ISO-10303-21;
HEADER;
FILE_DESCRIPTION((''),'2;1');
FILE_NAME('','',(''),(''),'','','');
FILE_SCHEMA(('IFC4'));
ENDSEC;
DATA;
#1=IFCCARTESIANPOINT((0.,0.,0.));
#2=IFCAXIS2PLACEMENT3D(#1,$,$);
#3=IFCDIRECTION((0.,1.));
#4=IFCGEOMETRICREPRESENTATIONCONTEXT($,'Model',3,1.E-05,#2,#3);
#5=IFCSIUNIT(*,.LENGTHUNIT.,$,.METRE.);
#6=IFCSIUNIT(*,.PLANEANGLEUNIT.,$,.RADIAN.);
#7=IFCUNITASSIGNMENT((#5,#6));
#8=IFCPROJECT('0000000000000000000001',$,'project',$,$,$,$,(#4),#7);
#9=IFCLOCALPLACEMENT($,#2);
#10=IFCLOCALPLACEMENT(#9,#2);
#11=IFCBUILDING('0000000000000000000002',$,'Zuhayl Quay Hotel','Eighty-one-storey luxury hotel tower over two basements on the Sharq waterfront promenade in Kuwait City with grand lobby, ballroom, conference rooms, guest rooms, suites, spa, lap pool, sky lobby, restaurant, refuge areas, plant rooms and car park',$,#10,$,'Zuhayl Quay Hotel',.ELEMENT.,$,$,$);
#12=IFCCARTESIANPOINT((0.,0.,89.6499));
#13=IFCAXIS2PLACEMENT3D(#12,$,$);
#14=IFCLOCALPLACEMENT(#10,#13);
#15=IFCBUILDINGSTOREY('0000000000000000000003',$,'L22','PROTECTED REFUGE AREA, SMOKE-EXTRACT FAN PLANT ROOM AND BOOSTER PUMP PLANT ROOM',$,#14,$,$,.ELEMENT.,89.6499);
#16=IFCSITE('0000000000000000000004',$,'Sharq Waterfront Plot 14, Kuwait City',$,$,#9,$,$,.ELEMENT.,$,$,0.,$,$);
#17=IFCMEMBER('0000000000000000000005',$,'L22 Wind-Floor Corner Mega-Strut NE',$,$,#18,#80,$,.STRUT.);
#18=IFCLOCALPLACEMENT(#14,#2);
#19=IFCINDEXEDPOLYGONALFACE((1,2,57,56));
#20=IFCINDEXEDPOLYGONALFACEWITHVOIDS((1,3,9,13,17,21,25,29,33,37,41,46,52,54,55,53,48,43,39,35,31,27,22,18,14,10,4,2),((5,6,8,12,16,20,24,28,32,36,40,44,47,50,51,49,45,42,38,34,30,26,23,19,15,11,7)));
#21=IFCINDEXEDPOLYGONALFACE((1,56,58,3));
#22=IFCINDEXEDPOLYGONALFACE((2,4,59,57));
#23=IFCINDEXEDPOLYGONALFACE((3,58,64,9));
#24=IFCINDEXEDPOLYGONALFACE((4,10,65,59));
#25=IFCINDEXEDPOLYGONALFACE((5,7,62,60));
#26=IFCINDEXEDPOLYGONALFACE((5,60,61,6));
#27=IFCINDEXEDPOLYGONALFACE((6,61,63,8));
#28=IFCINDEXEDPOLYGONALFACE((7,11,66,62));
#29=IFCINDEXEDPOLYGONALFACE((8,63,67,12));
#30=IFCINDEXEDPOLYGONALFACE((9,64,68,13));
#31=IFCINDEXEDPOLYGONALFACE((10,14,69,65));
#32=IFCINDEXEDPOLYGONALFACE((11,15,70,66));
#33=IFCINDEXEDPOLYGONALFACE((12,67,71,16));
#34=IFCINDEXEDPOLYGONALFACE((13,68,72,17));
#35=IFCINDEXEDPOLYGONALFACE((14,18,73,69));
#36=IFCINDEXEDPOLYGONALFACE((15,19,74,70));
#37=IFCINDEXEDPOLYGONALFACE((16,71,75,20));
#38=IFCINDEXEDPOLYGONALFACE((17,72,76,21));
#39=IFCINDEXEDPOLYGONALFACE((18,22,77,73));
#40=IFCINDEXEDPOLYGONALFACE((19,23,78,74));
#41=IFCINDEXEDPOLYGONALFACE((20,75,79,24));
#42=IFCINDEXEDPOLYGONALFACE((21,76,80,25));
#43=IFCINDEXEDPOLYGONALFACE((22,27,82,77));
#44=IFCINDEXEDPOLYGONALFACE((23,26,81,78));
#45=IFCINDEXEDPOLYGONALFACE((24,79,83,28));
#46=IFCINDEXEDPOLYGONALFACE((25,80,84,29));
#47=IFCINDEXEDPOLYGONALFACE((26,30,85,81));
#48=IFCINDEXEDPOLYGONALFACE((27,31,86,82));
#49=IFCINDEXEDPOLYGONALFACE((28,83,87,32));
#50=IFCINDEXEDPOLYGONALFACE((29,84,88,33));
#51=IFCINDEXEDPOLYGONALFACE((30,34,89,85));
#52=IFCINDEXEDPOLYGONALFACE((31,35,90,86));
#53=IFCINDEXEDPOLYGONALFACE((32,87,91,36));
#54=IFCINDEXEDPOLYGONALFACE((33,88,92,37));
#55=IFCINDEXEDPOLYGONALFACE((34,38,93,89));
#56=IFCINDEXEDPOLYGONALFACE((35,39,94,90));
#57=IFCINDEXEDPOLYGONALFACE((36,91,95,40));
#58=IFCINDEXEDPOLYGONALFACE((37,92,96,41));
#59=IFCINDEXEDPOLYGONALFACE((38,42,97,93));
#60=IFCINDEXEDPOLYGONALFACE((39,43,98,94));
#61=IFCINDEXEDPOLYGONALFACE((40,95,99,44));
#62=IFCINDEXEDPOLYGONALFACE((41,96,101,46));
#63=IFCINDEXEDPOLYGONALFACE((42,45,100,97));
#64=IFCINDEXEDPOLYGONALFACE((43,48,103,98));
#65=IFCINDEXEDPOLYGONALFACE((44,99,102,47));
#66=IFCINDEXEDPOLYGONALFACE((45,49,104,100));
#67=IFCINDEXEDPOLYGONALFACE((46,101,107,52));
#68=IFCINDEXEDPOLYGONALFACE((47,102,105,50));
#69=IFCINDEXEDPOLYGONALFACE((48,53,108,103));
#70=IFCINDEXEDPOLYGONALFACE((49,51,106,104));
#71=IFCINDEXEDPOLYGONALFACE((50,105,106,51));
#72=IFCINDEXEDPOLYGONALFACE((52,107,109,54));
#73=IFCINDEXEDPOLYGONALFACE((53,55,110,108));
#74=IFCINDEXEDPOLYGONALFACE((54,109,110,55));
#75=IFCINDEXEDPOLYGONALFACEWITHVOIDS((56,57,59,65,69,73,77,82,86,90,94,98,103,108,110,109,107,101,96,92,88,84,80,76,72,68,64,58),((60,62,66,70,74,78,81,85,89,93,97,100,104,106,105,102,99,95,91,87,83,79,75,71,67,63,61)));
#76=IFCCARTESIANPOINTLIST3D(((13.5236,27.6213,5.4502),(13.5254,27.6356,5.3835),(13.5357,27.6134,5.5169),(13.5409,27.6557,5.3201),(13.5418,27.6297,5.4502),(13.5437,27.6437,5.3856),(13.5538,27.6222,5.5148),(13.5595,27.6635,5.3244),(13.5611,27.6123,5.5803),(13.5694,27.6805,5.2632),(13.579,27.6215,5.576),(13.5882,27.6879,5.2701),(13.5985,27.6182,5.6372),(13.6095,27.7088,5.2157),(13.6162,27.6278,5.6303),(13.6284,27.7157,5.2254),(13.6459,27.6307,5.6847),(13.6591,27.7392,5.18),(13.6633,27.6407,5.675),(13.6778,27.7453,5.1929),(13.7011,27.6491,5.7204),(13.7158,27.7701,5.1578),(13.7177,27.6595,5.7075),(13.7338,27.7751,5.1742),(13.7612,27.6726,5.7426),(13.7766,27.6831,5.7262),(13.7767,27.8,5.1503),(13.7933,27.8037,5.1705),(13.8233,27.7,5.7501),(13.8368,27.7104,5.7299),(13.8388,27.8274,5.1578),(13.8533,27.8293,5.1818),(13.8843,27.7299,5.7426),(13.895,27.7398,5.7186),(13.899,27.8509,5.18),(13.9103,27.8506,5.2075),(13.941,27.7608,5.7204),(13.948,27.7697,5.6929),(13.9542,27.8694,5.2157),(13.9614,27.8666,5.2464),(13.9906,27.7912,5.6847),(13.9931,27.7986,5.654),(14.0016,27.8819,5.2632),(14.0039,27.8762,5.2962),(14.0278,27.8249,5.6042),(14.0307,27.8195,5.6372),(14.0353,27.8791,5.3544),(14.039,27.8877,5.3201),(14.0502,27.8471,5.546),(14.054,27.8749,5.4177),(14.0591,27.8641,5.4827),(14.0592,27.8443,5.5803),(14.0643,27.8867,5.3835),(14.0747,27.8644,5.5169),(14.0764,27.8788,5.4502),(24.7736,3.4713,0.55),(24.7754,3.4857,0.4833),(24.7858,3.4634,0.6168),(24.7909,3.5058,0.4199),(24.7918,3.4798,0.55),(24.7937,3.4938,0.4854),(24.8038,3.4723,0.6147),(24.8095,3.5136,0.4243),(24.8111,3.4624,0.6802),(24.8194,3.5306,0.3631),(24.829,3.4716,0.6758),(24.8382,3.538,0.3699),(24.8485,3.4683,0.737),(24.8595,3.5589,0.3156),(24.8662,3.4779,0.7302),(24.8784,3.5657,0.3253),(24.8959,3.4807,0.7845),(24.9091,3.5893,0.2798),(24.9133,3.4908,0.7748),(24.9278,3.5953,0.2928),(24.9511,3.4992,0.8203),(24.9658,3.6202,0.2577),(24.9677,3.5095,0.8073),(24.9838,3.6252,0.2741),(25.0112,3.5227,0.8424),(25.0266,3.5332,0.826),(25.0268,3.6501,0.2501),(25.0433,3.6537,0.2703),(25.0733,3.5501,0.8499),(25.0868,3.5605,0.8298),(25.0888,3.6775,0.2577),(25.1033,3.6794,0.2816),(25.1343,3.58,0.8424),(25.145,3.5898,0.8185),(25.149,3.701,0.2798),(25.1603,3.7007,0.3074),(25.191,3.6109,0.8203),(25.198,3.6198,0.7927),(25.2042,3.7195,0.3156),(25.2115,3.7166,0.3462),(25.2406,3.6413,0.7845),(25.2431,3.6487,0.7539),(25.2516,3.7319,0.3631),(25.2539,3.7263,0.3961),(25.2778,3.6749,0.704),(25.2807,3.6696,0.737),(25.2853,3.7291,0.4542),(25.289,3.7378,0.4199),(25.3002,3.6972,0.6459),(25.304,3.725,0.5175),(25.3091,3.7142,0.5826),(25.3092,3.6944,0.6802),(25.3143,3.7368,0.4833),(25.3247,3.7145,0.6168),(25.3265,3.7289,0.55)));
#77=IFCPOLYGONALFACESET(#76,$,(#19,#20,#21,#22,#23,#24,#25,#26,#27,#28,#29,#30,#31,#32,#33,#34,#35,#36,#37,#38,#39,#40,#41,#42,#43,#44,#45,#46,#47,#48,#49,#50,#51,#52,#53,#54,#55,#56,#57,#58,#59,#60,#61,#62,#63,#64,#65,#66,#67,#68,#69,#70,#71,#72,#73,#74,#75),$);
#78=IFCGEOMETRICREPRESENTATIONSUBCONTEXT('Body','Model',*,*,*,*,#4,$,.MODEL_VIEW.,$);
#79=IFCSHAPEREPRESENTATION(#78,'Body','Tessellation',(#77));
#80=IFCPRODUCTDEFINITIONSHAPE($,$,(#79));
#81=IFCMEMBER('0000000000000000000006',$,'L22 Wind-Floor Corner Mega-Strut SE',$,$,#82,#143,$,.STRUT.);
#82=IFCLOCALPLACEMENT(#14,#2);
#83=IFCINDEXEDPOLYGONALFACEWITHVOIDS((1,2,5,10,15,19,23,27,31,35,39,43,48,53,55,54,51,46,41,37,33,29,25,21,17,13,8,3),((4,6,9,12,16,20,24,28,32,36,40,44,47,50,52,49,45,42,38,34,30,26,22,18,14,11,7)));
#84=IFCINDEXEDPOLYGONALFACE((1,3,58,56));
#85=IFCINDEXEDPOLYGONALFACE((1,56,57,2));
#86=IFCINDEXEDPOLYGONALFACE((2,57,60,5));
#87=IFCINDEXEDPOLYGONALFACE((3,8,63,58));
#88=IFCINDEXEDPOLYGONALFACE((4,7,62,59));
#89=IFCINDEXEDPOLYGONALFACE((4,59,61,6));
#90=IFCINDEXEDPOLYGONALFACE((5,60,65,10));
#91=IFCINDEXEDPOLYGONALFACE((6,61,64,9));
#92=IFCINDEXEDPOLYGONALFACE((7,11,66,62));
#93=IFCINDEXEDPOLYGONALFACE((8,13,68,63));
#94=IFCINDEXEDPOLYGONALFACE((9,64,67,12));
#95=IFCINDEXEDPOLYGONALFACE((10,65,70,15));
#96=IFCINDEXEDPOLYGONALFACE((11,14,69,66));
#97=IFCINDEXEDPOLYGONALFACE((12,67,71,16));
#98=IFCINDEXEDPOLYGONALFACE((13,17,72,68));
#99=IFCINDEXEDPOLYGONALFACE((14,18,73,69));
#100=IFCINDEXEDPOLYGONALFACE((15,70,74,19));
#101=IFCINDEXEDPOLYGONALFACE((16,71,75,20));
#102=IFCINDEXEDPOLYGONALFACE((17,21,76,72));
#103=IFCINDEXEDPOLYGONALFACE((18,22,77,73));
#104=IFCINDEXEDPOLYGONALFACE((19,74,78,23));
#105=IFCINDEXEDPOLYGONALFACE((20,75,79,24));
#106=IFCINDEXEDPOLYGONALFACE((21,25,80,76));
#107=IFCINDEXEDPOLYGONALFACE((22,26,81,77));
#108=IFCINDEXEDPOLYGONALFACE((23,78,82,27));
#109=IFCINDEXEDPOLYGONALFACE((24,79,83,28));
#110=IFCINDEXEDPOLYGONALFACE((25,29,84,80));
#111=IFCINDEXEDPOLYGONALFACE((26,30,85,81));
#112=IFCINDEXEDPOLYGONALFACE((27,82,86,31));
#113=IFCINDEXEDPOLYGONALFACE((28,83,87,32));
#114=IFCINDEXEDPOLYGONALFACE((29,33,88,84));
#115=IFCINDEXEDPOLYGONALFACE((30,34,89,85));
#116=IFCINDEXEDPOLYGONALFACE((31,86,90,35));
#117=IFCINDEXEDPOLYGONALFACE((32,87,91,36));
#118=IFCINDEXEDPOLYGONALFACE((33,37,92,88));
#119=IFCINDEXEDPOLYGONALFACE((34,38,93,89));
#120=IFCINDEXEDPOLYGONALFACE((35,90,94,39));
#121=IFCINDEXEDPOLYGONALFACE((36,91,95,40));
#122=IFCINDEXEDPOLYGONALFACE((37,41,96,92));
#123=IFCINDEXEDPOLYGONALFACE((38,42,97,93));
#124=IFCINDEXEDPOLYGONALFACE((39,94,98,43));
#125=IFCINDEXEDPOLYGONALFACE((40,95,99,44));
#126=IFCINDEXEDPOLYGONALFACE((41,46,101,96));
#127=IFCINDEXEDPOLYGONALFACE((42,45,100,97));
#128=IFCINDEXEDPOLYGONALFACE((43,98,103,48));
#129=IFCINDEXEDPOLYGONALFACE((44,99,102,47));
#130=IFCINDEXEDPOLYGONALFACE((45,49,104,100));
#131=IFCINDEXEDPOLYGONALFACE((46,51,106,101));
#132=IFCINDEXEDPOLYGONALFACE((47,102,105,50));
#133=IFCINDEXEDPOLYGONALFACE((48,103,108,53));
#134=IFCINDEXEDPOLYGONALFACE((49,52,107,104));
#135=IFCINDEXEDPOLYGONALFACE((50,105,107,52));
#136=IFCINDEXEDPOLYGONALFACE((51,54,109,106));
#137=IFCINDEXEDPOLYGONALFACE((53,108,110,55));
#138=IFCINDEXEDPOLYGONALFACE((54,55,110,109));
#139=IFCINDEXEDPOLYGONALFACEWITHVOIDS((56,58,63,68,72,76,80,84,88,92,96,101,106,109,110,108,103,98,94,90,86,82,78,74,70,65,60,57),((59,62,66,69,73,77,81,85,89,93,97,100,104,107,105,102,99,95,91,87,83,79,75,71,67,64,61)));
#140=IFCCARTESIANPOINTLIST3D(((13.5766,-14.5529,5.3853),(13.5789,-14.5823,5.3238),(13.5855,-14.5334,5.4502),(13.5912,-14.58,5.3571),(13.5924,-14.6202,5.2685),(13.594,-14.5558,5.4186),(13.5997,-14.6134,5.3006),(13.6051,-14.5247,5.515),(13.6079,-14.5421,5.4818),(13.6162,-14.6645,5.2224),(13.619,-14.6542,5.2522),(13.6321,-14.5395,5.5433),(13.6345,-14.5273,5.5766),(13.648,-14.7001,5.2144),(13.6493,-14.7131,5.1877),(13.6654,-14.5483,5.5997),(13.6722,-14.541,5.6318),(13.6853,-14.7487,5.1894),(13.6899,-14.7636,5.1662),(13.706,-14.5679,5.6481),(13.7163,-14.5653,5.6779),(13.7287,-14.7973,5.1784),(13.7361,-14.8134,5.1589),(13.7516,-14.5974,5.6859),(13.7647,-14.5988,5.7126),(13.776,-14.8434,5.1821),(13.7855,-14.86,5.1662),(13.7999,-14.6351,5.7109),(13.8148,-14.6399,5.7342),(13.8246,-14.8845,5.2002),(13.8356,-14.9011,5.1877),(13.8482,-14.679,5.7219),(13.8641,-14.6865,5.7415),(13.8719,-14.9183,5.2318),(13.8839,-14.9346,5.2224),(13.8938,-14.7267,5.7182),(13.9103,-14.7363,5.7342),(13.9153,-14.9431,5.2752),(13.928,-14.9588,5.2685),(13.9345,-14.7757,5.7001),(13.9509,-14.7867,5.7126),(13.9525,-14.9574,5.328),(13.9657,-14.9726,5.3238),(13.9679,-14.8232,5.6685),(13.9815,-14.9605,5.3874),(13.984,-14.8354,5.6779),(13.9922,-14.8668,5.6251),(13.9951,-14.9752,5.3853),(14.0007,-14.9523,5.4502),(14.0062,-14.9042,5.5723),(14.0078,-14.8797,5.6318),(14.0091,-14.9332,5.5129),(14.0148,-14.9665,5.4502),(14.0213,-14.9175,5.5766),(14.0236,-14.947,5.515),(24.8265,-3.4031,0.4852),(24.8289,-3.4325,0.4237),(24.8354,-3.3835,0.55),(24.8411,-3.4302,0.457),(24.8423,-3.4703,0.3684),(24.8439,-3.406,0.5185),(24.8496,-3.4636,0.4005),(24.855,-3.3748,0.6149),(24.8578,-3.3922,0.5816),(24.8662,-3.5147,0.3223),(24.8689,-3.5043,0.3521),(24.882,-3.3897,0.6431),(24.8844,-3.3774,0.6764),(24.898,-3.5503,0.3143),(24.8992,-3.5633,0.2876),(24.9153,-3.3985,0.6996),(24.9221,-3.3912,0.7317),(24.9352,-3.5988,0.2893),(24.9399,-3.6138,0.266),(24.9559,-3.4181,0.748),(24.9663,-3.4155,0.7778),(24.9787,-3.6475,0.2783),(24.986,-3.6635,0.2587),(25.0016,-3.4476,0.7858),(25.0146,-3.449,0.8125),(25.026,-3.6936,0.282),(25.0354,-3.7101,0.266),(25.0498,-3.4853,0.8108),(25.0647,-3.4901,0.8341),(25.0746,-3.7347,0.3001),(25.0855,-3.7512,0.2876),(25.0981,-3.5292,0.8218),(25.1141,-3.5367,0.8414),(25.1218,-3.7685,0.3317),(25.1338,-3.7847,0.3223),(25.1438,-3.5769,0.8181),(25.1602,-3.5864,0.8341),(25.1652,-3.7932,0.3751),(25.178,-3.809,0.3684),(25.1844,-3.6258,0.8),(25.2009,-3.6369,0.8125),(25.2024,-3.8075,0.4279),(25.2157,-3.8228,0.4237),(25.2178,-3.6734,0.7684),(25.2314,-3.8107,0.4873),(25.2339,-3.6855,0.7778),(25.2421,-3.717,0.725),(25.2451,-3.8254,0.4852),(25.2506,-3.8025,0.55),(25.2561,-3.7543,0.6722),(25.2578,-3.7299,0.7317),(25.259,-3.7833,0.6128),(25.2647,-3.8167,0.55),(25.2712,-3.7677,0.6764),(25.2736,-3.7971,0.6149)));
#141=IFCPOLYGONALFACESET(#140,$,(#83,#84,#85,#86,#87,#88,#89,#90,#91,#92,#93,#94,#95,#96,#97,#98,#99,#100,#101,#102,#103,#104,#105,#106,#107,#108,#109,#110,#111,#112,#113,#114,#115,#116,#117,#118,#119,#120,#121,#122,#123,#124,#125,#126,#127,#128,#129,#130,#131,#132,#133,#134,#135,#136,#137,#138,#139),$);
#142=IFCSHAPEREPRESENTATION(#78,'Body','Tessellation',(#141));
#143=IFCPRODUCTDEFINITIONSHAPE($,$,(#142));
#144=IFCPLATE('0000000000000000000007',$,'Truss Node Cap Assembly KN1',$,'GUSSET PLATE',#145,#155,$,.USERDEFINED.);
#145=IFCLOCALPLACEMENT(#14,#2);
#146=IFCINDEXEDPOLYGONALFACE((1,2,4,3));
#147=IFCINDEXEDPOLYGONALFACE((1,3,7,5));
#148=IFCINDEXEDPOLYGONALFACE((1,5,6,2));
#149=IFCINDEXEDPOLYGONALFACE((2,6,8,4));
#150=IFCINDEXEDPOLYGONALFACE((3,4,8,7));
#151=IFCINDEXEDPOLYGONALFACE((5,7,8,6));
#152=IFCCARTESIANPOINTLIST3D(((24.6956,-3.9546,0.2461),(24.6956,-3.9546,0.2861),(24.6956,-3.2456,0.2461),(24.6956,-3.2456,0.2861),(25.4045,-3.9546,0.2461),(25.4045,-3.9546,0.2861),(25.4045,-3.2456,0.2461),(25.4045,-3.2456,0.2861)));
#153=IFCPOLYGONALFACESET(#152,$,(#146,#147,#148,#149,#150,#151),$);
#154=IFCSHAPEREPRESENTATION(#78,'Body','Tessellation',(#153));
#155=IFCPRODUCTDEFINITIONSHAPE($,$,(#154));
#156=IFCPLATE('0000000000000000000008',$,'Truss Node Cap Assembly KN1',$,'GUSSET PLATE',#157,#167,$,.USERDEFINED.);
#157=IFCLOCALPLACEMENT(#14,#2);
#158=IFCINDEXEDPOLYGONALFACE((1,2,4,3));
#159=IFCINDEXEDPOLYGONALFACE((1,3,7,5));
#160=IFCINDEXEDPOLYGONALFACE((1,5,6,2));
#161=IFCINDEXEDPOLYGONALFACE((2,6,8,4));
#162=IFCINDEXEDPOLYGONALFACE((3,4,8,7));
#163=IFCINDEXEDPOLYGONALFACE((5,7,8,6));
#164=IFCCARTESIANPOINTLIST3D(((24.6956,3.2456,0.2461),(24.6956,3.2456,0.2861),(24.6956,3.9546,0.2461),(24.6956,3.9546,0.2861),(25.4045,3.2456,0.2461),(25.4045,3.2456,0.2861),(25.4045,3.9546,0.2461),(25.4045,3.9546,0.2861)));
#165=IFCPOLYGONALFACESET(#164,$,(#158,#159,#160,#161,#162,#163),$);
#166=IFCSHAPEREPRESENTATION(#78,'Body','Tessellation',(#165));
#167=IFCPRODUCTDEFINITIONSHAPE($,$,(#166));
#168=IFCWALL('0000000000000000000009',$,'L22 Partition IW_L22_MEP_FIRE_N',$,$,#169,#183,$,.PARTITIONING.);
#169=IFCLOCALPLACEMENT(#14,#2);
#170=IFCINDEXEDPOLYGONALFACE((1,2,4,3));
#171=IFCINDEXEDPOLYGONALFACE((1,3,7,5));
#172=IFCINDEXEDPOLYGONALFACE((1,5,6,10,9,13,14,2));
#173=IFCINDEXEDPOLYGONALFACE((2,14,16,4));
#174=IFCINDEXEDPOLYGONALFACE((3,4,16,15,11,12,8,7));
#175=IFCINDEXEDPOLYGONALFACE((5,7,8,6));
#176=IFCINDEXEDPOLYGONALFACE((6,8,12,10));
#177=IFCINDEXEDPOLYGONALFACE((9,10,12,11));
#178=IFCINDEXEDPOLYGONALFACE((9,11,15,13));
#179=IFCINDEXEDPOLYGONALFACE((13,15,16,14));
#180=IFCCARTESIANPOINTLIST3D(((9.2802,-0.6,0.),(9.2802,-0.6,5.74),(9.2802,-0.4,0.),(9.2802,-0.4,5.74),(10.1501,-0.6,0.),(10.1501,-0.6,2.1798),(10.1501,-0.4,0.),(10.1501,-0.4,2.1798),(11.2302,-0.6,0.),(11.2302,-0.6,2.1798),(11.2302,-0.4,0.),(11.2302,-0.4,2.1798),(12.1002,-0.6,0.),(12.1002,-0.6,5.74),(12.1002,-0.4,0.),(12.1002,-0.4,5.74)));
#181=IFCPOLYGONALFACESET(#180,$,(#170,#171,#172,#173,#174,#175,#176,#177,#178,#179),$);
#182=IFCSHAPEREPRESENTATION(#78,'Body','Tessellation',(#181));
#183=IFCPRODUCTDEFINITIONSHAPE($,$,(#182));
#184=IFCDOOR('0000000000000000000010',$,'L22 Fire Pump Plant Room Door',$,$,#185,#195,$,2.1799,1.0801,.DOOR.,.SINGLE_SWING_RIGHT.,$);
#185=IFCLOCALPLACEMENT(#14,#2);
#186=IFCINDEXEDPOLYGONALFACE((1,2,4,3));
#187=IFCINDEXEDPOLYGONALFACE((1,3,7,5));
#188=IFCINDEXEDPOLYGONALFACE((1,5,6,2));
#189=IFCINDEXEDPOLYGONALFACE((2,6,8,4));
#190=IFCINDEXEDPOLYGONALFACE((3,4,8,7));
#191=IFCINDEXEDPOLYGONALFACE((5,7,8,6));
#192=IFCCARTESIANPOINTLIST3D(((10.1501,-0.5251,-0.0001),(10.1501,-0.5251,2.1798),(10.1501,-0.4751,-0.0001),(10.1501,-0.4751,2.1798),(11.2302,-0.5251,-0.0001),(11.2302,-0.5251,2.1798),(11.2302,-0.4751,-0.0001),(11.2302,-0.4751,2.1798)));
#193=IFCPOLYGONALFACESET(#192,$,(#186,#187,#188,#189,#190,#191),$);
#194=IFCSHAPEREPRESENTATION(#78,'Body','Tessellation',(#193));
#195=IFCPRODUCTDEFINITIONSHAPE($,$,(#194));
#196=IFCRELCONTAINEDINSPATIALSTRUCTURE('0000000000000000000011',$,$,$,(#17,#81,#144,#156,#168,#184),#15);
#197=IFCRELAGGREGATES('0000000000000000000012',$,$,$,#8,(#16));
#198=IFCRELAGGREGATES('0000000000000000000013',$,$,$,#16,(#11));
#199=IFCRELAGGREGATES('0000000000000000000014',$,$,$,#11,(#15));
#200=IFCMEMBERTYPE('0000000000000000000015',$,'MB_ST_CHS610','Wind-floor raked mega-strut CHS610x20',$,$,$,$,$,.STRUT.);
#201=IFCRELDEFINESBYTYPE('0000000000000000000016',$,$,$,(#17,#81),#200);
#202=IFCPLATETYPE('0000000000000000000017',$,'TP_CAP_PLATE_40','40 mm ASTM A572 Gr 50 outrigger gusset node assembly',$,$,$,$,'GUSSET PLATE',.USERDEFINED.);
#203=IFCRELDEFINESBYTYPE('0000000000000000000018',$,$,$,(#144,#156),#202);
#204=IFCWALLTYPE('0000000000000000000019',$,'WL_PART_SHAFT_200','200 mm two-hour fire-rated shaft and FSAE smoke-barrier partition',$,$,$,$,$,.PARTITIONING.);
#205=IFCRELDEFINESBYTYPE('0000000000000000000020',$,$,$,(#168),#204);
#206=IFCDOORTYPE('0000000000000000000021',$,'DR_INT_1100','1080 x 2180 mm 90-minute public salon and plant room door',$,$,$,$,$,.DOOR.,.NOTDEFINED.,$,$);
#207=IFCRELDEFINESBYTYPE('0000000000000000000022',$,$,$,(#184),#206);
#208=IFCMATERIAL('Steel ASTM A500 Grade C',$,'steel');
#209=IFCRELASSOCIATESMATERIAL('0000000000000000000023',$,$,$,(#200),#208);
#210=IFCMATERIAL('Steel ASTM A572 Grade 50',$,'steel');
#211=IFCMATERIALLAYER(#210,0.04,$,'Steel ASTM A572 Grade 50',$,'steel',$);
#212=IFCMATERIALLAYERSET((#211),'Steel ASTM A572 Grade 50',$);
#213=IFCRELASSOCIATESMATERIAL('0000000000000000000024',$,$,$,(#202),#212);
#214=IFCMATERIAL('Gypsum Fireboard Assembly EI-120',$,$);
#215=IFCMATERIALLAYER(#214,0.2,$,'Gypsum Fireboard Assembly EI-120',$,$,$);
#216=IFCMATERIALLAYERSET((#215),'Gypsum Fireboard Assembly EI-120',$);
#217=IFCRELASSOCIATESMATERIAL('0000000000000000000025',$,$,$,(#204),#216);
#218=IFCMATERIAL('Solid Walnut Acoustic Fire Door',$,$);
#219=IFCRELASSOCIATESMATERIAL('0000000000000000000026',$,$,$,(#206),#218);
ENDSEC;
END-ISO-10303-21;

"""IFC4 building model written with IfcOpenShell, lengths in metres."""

from ifc_helpers import new_model, si_unit, direction, frame, frame_2d, origin, origin_2d, place, context, subcontext, project, spatial, rectangle, hollow_circle, extrude, material, layer, layer_set, material_profile, profile_set, type_object, element, fill, save


model = new_model("IFC4")

# Units and contexts
model_context = context("Model", 3, precision=1e-05, world=origin(), true_north=direction((0.0, 1.0)))
body_context = subcontext(model_context, "Body", "Model", "MODEL_VIEW")
ifc_project = project(units=[si_unit("LENGTHUNIT", "METRE"), si_unit("PLANEANGLEUNIT", "RADIAN")], contexts=[model_context])

# Site, building, storey
site_placement = place(None, origin())
site = spatial("IfcSite", under=ifc_project, at=site_placement, Name="Sharq Waterfront Plot 14, Kuwait City", CompositionType="ELEMENT", RefElevation=0.0)
building_placement = place(site_placement, origin())
building = spatial("IfcBuilding", under=site, at=building_placement, Name="Zuhayl Quay Hotel", Description="Eighty-one-storey luxury hotel tower over two basements on the Sharq waterfront promenade in Kuwait City with grand lobby, ballroom, conference rooms, guest rooms, suites, spa, lap pool, sky lobby, restaurant, refuge areas, plant rooms and car park", LongName="Zuhayl Quay Hotel", CompositionType="ELEMENT")
storey_placement = place(building_placement, frame((0.0, 0.0, 89.6499)))
storey = spatial("IfcBuildingStorey", under=building, at=storey_placement, Name="L22", Description="PROTECTED REFUGE AREA, SMOKE-EXTRACT FAN PLANT ROOM AND BOOSTER PUMP PLANT ROOM", CompositionType="ELEMENT", Elevation=89.6499)

# Members
ifc_material_1 = material(Name="Steel ASTM A500 Grade C", Category="steel")
ifc_material_profile_1 = material_profile(ifc_material_1, hollow_circle(Radius=0.3049, WallThickness=0.02, at=origin_2d()), Name="CHS610X20")
ifc_profile_set_1 = profile_set([ifc_material_profile_1], Name="Steel ASTM A500 Grade C")
member_type_1 = type_object("IfcMemberType", Name="MB_ST_CHS610", Description="Wind-floor raked mega-strut CHS610x20", PredefinedType="STRUT", material=ifc_profile_set_1)
member_1_placement = place(storey_placement, frame((25.05, 3.6001, 0.55), z_axis=(-0.415304, 0.891516, 0.180893), x_axis=(-0.90647, -0.42227, 0.0)))
element("IfcMember", 1, at=member_1_placement, inside=storey, type_object=member_type_1, Name="L22 Wind-Floor Corner Mega-Strut NE", PredefinedType="STRUT", context=body_context, shape_type="SweptSolid", body=[
    extrude(hollow_circle(Radius=0.3049, WallThickness=0.02, at=origin_2d()), origin(), (0.0, 0.0, 1.0), 27.0886),
])
member_2_placement = place(storey_placement, frame((25.05, -3.6001, 0.55), z_axis=(-0.678531, -0.672494, 0.295547), x_axis=(0.70394, -0.71026, 0.0)))
element("IfcMember", 2, at=member_2_placement, inside=storey, type_object=member_type_1, Name="L22 Wind-Floor Corner Mega-Strut SE", PredefinedType="STRUT", context=body_context, shape_type="SweptSolid", body=[
    extrude(hollow_circle(Radius=0.3049, WallThickness=0.02, at=origin_2d()), origin(), (0.0, 0.0, 1.0), 16.5798),
])

# Plates
ifc_material_2 = material(Name="Steel ASTM A572 Grade 50", Category="steel")
ifc_layer_1 = layer(ifc_material_2, 0.04, Name="Steel ASTM A572 Grade 50", Category="steel")
ifc_layer_set_1 = layer_set([ifc_layer_1], Name="Steel ASTM A572 Grade 50")
plate_type = type_object("IfcPlateType", Name="TP_CAP_PLATE_40", Description="40 mm ASTM A572 Gr 50 outrigger gusset node assembly", ElementType="GUSSET PLATE", PredefinedType="USERDEFINED", material=ifc_layer_set_1)
for number, where, z_axis, x_axis, name in (
    (3, (25.05, -3.6001, 0.2461), (0.0, 0.0, 1.0), (1.0, 0.0, 0.0), "Truss Node Cap Assembly KN1"),
    (4, (25.05, 3.6001, 0.2461), (0.0, 0.0, 1.0), (1.0, 0.0, 0.0), "Truss Node Cap Assembly KN1"),
):
    element("IfcPlate", number, at=place(storey_placement, frame(where, z_axis=z_axis, x_axis=x_axis)), inside=storey, type_object=plate_type, Name=name, ObjectType="GUSSET PLATE", PredefinedType="USERDEFINED", context=body_context, shape_type="SweptSolid", body=[
        extrude(rectangle(XDim=0.709, YDim=0.709, at=origin_2d()), origin(), (0.0, 0.0, 1.0), 0.04),
    ])

# Wall, opening, door
ifc_material_3 = material(Name="Gypsum Fireboard Assembly EI-120")
ifc_layer_2 = layer(ifc_material_3, 0.2, Name="Gypsum Fireboard Assembly EI-120")
ifc_layer_set_2 = layer_set([ifc_layer_2], Name="Gypsum Fireboard Assembly EI-120")
wall_type = type_object("IfcWallType", Name="WL_PART_SHAFT_200", Description="200 mm two-hour fire-rated shaft and FSAE smoke-barrier partition", PredefinedType="PARTITIONING", material=ifc_layer_set_2)
wall_placement = place(storey_placement, frame((9.28, -0.5, 0.0), z_axis=(0.0, 0.0, 1.0), x_axis=(1.0, 0.0, 0.0)))
wall = element("IfcWall", 5, at=wall_placement, inside=storey, type_object=wall_type, Name="L22 Partition IW_L22_MEP_FIRE_N", PredefinedType="PARTITIONING", context=body_context, shape_type="SweptSolid", body=[
    extrude(rectangle(XDim=2.8201, YDim=0.2, at=frame_2d((1.4102, 0.0))), origin(), (0.0, 0.0, 1.0), 5.74),
])
opening_placement = place(wall_placement, frame((0.8701, 0.0, 0.0)))
opening = element("IfcOpeningElement", 6, at=opening_placement, cuts=wall, PredefinedType="OPENING", context=body_context, shape_type="SweptSolid", body=[
    extrude(rectangle(XDim=1.0801, YDim=2.1799, at=frame_2d((0.54, 1.0898))), frame((0.0, 0.1099, 0.0), z_axis=(0.0, -1.0, 0.0), x_axis=(1.0, 0.0, 0.0)), (0.0, 0.0, 1.0), 0.22),
])
ifc_material_4 = material(Name="Solid Walnut Acoustic Fire Door")
door_type = type_object("IfcDoorType", Name="DR_INT_1100", Description="1080 x 2180 mm 90-minute public salon and plant room door", OperationType="NOTDEFINED", PredefinedType="DOOR", material=ifc_material_4)
door_placement = place(opening_placement, origin())
door = element("IfcDoor", 7, at=door_placement, inside=storey, type_object=door_type, Name="L22 Fire Pump Plant Room Door", OperationType="SINGLE_SWING_RIGHT", OverallHeight=2.1799, OverallWidth=1.0801, PredefinedType="DOOR", context=body_context, shape_type="SweptSolid", body=[
    extrude(rectangle(XDim=1.0801, YDim=2.1799, at=frame_2d((0.54, 1.0898))), frame((0.0, 0.0249, 0.0), z_axis=(0.0, -1.0, 0.0), x_axis=(1.0, 0.0, 0.0)), (0.0, 0.0, 1.0), 0.05),
])
fill(opening, door)

save(model, "model.ifc")
